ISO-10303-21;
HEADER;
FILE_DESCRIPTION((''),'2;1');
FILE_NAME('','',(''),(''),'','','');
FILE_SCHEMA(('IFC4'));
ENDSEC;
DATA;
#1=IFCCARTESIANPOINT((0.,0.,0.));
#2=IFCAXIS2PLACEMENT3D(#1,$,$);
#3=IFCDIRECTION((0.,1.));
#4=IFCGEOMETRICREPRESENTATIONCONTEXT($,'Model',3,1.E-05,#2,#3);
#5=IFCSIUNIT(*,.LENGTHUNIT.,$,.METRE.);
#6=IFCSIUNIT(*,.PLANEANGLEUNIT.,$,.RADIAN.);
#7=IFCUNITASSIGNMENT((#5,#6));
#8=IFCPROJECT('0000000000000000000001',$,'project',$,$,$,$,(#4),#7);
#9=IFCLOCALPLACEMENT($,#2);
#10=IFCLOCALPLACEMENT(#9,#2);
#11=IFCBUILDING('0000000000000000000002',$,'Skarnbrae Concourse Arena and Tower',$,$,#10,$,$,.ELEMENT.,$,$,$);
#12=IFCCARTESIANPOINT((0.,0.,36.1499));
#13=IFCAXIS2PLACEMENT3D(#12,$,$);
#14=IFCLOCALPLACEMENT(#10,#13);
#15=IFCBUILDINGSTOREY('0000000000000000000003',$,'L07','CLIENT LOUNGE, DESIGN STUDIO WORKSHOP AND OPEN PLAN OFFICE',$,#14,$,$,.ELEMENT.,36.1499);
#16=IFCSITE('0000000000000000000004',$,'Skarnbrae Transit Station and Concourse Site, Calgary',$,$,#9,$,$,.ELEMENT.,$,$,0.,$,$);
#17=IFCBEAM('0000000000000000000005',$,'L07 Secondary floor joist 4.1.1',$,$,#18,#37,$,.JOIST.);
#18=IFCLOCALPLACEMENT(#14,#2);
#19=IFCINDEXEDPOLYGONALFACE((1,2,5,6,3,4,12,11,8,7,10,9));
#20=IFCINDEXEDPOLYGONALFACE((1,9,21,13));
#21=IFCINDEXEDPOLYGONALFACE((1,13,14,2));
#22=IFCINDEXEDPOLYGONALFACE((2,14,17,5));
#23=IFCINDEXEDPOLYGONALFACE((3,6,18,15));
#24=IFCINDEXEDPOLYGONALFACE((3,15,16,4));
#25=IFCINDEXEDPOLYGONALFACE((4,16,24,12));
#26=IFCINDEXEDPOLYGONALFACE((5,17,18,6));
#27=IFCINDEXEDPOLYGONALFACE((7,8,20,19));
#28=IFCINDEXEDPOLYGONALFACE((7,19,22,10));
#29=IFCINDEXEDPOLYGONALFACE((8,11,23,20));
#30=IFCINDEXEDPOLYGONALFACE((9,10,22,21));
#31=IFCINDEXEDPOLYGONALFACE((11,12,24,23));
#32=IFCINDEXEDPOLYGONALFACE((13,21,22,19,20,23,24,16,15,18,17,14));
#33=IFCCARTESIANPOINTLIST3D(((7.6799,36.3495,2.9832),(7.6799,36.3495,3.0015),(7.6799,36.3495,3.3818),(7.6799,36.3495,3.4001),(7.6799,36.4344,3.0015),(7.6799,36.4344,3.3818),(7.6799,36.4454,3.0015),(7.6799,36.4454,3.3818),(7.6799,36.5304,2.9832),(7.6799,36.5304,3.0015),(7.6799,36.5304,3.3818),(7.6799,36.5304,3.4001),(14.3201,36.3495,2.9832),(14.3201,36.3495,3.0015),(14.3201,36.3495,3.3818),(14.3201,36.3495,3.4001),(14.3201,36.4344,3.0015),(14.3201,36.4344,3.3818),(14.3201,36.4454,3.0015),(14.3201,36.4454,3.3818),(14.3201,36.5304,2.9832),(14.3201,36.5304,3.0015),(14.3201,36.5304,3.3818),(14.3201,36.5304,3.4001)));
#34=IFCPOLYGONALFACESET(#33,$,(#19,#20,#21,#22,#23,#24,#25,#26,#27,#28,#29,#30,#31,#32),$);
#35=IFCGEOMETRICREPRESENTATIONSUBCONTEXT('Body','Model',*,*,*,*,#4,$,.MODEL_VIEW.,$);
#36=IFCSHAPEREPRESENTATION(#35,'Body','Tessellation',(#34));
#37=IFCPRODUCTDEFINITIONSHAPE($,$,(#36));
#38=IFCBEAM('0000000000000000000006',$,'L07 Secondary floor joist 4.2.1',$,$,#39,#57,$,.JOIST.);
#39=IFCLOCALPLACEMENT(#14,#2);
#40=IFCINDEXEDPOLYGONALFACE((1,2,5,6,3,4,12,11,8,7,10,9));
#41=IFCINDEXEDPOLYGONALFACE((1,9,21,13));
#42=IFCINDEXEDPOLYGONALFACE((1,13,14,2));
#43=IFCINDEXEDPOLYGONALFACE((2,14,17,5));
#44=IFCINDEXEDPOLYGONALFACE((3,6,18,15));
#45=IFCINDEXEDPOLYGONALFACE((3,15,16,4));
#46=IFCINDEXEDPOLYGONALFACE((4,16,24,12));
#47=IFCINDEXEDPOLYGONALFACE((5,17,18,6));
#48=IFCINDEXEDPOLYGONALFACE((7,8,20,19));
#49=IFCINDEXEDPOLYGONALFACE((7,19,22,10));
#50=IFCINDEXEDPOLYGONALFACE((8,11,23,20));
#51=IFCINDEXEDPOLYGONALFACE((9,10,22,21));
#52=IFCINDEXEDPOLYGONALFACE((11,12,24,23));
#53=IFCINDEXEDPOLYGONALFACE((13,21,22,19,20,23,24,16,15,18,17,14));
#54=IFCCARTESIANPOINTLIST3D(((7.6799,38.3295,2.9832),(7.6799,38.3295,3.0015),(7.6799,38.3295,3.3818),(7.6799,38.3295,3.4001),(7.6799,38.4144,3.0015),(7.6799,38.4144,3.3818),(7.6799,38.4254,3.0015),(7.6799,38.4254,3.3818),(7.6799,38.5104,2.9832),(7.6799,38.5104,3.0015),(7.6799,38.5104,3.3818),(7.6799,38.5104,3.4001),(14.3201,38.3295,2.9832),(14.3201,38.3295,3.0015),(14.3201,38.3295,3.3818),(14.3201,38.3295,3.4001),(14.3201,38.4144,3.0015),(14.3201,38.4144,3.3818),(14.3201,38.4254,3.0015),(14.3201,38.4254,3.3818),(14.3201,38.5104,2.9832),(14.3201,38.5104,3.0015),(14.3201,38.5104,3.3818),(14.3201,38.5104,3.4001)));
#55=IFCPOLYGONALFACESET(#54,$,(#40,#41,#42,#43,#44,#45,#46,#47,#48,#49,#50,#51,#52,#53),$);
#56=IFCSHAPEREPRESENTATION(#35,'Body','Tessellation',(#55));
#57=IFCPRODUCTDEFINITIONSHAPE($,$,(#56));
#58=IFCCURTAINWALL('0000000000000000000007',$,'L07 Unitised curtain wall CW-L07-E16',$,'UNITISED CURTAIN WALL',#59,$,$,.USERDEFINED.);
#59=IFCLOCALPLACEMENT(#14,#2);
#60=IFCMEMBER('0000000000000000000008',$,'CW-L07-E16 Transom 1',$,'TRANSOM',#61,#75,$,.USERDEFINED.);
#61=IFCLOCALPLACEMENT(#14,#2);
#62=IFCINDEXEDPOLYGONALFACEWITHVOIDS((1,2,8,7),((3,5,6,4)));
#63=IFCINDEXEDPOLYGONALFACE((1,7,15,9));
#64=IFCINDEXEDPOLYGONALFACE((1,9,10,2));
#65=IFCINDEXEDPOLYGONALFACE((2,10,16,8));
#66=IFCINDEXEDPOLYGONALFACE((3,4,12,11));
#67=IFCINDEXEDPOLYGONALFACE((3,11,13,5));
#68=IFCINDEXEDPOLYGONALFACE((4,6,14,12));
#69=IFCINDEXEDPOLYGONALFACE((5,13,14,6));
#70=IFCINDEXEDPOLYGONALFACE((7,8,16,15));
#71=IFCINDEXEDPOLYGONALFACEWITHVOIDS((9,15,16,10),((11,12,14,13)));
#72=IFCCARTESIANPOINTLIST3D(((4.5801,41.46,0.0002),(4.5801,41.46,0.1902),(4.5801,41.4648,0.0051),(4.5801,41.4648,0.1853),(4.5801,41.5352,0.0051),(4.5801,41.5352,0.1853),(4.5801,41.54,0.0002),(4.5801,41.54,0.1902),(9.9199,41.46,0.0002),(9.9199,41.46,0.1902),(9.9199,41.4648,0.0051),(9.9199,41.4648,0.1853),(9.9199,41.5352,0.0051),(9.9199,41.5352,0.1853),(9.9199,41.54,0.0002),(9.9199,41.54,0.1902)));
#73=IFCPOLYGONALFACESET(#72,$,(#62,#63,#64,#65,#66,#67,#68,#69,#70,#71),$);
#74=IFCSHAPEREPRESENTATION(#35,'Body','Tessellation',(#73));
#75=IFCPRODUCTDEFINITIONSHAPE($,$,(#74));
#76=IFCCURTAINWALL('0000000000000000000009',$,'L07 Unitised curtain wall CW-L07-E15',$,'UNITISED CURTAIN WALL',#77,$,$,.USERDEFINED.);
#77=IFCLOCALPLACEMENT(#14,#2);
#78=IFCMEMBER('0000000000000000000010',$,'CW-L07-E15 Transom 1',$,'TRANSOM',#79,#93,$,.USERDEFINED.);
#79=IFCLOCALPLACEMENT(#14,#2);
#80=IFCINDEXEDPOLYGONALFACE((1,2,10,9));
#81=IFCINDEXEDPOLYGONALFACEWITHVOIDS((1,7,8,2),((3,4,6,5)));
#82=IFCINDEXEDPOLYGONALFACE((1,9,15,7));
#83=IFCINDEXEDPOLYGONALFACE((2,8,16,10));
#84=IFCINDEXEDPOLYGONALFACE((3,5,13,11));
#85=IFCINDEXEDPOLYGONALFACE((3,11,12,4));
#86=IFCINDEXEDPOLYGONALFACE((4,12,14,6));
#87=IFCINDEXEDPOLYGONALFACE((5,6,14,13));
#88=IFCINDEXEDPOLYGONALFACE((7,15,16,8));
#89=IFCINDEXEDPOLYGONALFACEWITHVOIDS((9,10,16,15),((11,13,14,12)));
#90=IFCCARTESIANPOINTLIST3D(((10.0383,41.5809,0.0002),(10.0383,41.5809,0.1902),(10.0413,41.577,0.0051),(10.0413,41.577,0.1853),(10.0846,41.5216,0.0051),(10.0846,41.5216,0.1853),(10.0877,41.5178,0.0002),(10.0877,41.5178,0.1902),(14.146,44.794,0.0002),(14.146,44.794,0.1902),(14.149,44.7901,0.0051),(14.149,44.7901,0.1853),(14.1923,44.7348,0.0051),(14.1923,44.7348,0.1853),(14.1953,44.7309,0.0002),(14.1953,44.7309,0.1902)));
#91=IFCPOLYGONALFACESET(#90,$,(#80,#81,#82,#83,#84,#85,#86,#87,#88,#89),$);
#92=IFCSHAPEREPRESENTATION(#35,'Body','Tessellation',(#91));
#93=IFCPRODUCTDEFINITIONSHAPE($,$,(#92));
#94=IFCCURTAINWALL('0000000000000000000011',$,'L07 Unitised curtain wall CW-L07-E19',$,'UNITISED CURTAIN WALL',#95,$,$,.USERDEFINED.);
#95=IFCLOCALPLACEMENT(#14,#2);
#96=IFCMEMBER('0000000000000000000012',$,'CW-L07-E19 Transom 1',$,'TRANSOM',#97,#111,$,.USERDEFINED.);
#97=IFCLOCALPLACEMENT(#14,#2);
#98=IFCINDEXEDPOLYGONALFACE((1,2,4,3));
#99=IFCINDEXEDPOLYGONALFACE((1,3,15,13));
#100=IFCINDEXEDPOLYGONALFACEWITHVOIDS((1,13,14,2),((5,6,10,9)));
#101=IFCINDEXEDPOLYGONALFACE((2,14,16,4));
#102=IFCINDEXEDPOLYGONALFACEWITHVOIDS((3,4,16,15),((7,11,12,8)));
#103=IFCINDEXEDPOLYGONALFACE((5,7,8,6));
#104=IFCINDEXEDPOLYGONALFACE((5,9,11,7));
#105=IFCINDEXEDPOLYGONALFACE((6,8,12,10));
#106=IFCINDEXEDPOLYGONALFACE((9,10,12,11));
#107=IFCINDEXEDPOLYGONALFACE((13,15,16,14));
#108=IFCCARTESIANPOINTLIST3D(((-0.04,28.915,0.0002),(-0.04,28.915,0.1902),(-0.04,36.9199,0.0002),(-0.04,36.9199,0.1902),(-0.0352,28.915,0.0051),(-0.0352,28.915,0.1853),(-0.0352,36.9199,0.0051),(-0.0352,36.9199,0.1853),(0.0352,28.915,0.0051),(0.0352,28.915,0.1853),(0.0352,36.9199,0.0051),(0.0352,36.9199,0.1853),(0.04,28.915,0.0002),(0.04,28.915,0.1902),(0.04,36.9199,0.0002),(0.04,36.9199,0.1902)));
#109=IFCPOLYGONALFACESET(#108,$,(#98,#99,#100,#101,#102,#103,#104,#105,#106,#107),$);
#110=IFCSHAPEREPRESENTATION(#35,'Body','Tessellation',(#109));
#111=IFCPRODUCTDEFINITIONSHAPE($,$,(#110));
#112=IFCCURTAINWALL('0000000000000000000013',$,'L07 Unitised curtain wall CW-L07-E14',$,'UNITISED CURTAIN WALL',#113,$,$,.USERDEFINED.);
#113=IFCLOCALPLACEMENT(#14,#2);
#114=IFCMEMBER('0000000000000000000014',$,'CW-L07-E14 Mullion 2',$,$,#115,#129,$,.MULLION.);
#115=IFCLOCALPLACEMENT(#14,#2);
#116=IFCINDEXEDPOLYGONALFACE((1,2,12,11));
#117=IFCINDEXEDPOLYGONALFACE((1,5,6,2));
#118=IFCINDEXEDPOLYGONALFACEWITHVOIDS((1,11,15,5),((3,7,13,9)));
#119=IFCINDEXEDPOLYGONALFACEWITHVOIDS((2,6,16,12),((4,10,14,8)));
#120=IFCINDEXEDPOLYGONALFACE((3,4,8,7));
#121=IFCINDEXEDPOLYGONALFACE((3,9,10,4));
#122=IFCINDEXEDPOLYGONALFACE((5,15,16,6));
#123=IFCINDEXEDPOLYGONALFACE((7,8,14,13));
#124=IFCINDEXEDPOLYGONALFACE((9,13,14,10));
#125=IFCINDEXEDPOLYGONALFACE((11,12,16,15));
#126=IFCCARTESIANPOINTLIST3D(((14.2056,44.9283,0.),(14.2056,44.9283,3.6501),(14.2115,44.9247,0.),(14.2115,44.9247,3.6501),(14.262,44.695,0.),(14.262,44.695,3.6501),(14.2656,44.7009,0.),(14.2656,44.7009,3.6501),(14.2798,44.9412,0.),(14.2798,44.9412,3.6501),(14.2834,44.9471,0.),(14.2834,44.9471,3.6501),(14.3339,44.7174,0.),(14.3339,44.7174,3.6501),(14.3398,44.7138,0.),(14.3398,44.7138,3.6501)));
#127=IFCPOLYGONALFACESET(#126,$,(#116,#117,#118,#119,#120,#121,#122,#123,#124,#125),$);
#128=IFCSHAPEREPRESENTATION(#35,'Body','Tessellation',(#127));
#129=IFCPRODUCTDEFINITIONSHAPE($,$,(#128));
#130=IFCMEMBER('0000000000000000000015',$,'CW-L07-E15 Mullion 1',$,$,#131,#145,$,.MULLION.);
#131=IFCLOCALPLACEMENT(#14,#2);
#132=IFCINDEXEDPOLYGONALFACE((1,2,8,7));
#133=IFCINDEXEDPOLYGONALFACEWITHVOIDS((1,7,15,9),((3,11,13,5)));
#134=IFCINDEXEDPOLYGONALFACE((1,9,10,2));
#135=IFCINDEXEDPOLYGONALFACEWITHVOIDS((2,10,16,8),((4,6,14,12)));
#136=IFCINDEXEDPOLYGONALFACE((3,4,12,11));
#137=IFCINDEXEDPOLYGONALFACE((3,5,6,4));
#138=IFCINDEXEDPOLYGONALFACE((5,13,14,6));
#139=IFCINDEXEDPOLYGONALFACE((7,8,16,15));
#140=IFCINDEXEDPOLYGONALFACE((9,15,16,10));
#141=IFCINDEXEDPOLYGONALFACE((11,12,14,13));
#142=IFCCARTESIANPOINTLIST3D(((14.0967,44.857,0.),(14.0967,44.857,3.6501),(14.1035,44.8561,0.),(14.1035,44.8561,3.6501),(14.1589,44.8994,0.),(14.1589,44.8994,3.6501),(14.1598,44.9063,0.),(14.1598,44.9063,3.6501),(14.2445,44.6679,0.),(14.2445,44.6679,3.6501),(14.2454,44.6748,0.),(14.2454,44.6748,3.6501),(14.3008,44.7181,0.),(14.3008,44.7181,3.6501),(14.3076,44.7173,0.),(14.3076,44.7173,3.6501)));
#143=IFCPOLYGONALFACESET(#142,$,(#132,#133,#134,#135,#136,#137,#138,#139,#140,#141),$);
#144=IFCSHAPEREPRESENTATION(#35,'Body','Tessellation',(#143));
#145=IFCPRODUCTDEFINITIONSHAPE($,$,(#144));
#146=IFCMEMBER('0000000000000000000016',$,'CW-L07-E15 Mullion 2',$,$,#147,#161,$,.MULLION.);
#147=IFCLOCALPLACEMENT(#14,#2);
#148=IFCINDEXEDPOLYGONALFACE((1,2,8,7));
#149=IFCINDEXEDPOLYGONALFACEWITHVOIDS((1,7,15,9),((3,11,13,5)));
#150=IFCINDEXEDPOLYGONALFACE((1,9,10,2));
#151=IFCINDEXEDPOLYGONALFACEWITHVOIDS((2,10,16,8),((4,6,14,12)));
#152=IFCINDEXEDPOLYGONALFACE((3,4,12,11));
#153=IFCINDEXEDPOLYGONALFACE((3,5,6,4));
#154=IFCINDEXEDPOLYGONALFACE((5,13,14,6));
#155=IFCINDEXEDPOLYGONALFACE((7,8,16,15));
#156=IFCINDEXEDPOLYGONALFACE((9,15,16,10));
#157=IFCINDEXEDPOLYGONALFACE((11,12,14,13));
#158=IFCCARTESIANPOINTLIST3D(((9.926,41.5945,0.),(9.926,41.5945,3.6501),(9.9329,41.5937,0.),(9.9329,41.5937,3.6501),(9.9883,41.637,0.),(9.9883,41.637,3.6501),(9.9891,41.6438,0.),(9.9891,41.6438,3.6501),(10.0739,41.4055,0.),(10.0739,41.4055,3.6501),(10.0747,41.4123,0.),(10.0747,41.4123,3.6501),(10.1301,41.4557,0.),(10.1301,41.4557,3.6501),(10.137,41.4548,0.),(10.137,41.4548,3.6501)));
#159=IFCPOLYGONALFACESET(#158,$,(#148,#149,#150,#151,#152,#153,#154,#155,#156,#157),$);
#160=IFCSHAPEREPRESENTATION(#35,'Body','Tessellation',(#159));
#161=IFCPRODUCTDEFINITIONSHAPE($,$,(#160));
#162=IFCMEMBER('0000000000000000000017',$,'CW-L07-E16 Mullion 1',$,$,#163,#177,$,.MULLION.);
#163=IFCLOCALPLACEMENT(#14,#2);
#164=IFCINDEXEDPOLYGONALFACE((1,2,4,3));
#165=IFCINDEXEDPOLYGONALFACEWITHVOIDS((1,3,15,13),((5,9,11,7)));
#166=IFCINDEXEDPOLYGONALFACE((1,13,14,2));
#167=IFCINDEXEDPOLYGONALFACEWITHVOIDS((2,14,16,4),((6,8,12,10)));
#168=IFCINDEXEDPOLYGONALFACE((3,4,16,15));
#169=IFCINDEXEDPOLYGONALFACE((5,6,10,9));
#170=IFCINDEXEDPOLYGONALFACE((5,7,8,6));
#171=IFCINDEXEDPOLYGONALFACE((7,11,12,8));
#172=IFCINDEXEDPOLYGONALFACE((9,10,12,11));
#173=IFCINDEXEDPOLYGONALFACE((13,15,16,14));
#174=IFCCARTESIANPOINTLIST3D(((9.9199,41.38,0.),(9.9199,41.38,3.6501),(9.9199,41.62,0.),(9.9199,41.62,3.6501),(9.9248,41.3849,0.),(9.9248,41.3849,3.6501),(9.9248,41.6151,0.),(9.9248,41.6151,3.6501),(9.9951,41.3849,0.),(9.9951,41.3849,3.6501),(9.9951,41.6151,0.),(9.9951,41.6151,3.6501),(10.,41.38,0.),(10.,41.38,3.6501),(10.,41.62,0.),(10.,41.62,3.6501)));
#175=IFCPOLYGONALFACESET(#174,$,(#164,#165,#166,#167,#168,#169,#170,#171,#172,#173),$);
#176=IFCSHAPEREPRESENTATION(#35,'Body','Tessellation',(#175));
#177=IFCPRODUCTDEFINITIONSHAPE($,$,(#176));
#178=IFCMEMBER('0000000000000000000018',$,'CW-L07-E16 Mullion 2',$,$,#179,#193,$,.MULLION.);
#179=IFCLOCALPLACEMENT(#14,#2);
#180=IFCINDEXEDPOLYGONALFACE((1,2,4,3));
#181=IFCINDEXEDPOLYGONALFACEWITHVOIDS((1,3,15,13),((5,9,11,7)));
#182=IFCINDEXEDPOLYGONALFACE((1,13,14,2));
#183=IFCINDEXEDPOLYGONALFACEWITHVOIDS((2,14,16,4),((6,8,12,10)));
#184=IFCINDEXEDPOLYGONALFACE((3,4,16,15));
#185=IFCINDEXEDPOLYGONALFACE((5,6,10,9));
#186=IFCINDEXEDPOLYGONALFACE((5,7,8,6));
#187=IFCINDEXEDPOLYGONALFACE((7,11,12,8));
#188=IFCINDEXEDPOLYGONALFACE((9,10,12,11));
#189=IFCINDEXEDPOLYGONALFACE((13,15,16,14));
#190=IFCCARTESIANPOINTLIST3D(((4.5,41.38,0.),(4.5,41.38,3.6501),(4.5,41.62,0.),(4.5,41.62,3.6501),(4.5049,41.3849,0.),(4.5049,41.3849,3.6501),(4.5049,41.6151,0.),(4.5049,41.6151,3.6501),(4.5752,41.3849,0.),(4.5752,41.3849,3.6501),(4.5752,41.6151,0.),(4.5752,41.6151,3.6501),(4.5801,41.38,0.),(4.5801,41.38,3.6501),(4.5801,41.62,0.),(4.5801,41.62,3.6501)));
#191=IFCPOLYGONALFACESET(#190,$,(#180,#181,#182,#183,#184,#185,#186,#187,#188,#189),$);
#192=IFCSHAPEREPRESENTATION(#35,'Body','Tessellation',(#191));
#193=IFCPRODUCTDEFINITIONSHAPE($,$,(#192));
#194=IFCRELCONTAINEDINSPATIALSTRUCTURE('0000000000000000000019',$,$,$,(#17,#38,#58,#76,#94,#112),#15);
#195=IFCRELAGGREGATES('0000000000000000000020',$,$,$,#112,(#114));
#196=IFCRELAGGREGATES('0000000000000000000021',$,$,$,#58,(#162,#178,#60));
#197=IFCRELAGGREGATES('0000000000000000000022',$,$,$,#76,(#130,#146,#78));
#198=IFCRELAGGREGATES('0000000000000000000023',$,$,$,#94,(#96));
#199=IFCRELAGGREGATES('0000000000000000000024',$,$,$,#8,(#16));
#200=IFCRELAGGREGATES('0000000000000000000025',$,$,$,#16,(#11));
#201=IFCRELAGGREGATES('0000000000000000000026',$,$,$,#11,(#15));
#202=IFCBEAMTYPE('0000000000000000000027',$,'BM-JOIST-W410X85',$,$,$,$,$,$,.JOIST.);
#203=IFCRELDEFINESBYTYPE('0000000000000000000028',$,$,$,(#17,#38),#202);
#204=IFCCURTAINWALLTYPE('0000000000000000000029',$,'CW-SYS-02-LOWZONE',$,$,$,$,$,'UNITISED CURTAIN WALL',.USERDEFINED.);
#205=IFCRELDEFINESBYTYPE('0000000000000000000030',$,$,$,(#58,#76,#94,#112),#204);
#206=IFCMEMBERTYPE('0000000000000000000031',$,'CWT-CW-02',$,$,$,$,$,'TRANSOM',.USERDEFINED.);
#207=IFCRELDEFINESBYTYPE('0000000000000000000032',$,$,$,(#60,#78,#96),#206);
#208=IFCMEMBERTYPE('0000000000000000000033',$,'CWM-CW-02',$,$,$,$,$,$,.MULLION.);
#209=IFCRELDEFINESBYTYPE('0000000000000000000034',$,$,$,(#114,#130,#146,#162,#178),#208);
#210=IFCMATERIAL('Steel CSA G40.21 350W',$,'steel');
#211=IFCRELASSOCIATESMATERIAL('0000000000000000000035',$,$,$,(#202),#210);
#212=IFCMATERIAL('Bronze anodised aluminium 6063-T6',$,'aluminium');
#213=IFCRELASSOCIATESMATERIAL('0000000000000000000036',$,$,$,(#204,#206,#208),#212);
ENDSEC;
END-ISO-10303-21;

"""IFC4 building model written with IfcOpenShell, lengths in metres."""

from ifc_helpers import new_model, si_unit, direction, frame, origin, origin_2d, place, context, subcontext, project, spatial, hollow_rectangle, i_section, extrude, source, transform, mapped, material, material_profile, profile_set, type_object, element, aggregate, save


model = new_model("IFC4")

# Units and contexts
model_context = context("Model", 3, precision=1e-05, world=origin(), true_north=direction((0.0, 1.0)))
body_context = subcontext(model_context, "Body", "Model", "MODEL_VIEW")
ifc_project = project(units=[si_unit("LENGTHUNIT", "METRE"), si_unit("PLANEANGLEUNIT", "RADIAN")], contexts=[model_context])

# Site, building, storey
site_placement = place(None, origin())
site = spatial("IfcSite", under=ifc_project, at=site_placement, Name="Skarnbrae Transit Station and Concourse Site, Calgary", CompositionType="ELEMENT", RefElevation=0.0)
building_placement = place(site_placement, origin())
building = spatial("IfcBuilding", under=site, at=building_placement, Name="Skarnbrae Concourse Arena and Tower", CompositionType="ELEMENT")
storey_placement = place(building_placement, frame((0.0, 0.0, 36.1499)))
storey = spatial("IfcBuildingStorey", under=building, at=storey_placement, Name="L07", Description="CLIENT LOUNGE, DESIGN STUDIO WORKSHOP AND OPEN PLAN OFFICE", CompositionType="ELEMENT", Elevation=36.1499)

# Shared definitions
ifc_material_1 = material(Name="Steel CSA G40.21 350W", Category="steel")

# Beams
ifc_material_profile_1 = material_profile(ifc_material_1, i_section(OverallWidth=0.1809, OverallDepth=0.417, WebThickness=0.011, FlangeThickness=0.0183, at=origin_2d()), Name="W410X85")
ifc_profile_set_1 = profile_set([ifc_material_profile_1], Name="Steel CSA G40.21 350W")
beam_type_1 = type_object("IfcBeamType", Name="BM-JOIST-W410X85", PredefinedType="JOIST", material=ifc_profile_set_1)
shared_shape_1 = source(origin(), body_context, "Body", "SweptSolid", [
    extrude(i_section(OverallWidth=0.1809, OverallDepth=0.417, WebThickness=0.011, FlangeThickness=0.0183, at=origin_2d()), origin(), (0.0, 0.0, 1.0), 6.6401),
])
for number, where, z_axis, x_axis, name in (
    (1, (7.6799, 36.4399, 3.1917), (1.0, 0.0, 0.0), (0.0, 1.0, 0.0), "L07 Secondary floor joist 4.1.1"),
    (2, (7.6799, 38.4199, 3.1917), (1.0, 0.0, 0.0), (0.0, 1.0, 0.0), "L07 Secondary floor joist 4.2.1"),
):
    element("IfcBeam", number, at=place(storey_placement, frame(where, z_axis=z_axis, x_axis=x_axis)), inside=storey, type_object=beam_type_1, Name=name, PredefinedType="JOIST", context=body_context, shape_type="MappedRepresentation", body=[
        mapped(shared_shape_1, transform((0.0, 0.0, 0.0))),
    ])

# Curtain walls, members
ifc_material_2 = material(Name="Bronze anodised aluminium 6063-T6", Category="aluminium")
curtain_wall_type = type_object("IfcCurtainWallType", Name="CW-SYS-02-LOWZONE", ElementType="UNITISED CURTAIN WALL", PredefinedType="USERDEFINED", material=ifc_material_2)
curtain_wall_1_placement = place(storey_placement, origin())
curtain_wall_1 = element("IfcCurtainWall", 3, at=curtain_wall_1_placement, inside=storey, type_object=curtain_wall_type, Name="L07 Unitised curtain wall CW-L07-E16", ObjectType="UNITISED CURTAIN WALL", PredefinedType="USERDEFINED")
ifc_material_profile_2 = material_profile(ifc_material_2, hollow_rectangle(XDim=0.0801, YDim=0.1899, WallThickness=0.0049, at=origin_2d()), Name="ALU-TRAN-80X190")
ifc_profile_set_2 = profile_set([ifc_material_profile_2], Name="Bronze anodised aluminium 6063-T6")
member_type_1 = type_object("IfcMemberType", Name="CWT-CW-02", ElementType="TRANSOM", PredefinedType="USERDEFINED", material=ifc_profile_set_2)
shared_shape_2 = source(origin(), body_context, "Body", "SweptSolid", [
    extrude(hollow_rectangle(XDim=0.0801, YDim=0.1899, WallThickness=0.0049, at=origin_2d()), origin(), (0.0, 0.0, 1.0), 5.3398),
])
member_1_placement = place(storey_placement, frame((9.9199, 41.5, 0.0952), z_axis=(-1.0, 0.0, 0.0), x_axis=(0.0, -1.0, 0.0)))
member_1 = element("IfcMember", 4, at=member_1_placement, type_object=member_type_1, Name="CW-L07-E16 Transom 1", ObjectType="TRANSOM", PredefinedType="USERDEFINED", context=body_context, shape_type="MappedRepresentation", body=[
    mapped(shared_shape_2, transform((0.0, 0.0, 0.0))),
])
curtain_wall_2_placement = place(storey_placement, origin())
curtain_wall_2 = element("IfcCurtainWall", 5, at=curtain_wall_2_placement, inside=storey, type_object=curtain_wall_type, Name="L07 Unitised curtain wall CW-L07-E15", ObjectType="UNITISED CURTAIN WALL", PredefinedType="USERDEFINED")
shared_shape_3 = source(origin(), body_context, "Body", "SweptSolid", [
    extrude(hollow_rectangle(XDim=0.0801, YDim=0.1899, WallThickness=0.0049, at=origin_2d()), origin(), (0.0, 0.0, 1.0), 5.2151),
])
member_2_placement = place(storey_placement, frame((14.1707, 44.7625, 0.0952), z_axis=(-0.78765, -0.616123, 0.0), x_axis=(0.616123, -0.78765, 0.0)))
member_2 = element("IfcMember", 6, at=member_2_placement, type_object=member_type_1, Name="CW-L07-E15 Transom 1", ObjectType="TRANSOM", PredefinedType="USERDEFINED", context=body_context, shape_type="MappedRepresentation", body=[
    mapped(shared_shape_3, transform((0.0, 0.0, 0.0))),
])
curtain_wall_3_placement = place(storey_placement, origin())
curtain_wall_3 = element("IfcCurtainWall", 7, at=curtain_wall_3_placement, inside=storey, type_object=curtain_wall_type, Name="L07 Unitised curtain wall CW-L07-E19", ObjectType="UNITISED CURTAIN WALL", PredefinedType="USERDEFINED")
shared_shape_4 = source(origin(), body_context, "Body", "SweptSolid", [
    extrude(hollow_rectangle(XDim=0.0801, YDim=0.1899, WallThickness=0.0049, at=origin_2d()), origin(), (0.0, 0.0, 1.0), 8.0049),
])
member_3_placement = place(storey_placement, frame((0.0, 36.9199, 0.0952), z_axis=(0.0, -1.0, 0.0), x_axis=(1.0, 0.0, 0.0)))
member_3 = element("IfcMember", 8, at=member_3_placement, type_object=member_type_1, Name="CW-L07-E19 Transom 1", ObjectType="TRANSOM", PredefinedType="USERDEFINED", context=body_context, shape_type="MappedRepresentation", body=[
    mapped(shared_shape_4, transform((0.0, 0.0, 0.0))),
])
curtain_wall_4_placement = place(storey_placement, origin())
curtain_wall_4 = element("IfcCurtainWall", 9, at=curtain_wall_4_placement, inside=storey, type_object=curtain_wall_type, Name="L07 Unitised curtain wall CW-L07-E14", ObjectType="UNITISED CURTAIN WALL", PredefinedType="USERDEFINED")
ifc_material_profile_3 = material_profile(ifc_material_2, hollow_rectangle(XDim=0.0801, YDim=0.24, WallThickness=0.0049, at=origin_2d()), Name="ALU-MULL-80X240")
ifc_profile_set_3 = profile_set([ifc_material_profile_3], Name="Bronze anodised aluminium 6063-T6")
member_type_2 = type_object("IfcMemberType", Name="CWM-CW-02", PredefinedType="MULLION", material=ifc_profile_set_3)
shared_shape_5 = source(origin(), body_context, "Body", "SweptSolid", [
    extrude(hollow_rectangle(XDim=0.0801, YDim=0.24, WallThickness=0.0049, at=origin_2d()), origin(), (0.0, 0.0, 1.0), 3.6501),
])
member_4_placement = place(storey_placement, frame((14.2727, 44.821, 0.0), z_axis=(0.0, 0.0, 1.0), x_axis=(-0.971974, -0.23509, 0.0)))
member_4 = element("IfcMember", 10, at=member_4_placement, type_object=member_type_2, Name="CW-L07-E14 Mullion 2", PredefinedType="MULLION", context=body_context, shape_type="MappedRepresentation", body=[
    mapped(shared_shape_5, transform((0.0, 0.0, 0.0))),
])
aggregate(curtain_wall_4, [member_4])

# Members
member_5_placement = place(storey_placement, frame((14.2021, 44.7871, 0.0), z_axis=(0.0, 0.0, 1.0), x_axis=(-0.787652, -0.616121, 0.0)))
member_5 = element("IfcMember", 11, at=member_5_placement, type_object=member_type_2, Name="CW-L07-E15 Mullion 1", PredefinedType="MULLION", context=body_context, shape_type="MappedRepresentation", body=[
    mapped(shared_shape_5, transform((0.0, 0.0, 0.0))),
])
member_6_placement = place(storey_placement, frame((10.0315, 41.5247, 0.0), z_axis=(0.0, 0.0, 1.0), x_axis=(-0.787652, -0.616121, 0.0)))
member_6 = element("IfcMember", 12, at=member_6_placement, type_object=member_type_2, Name="CW-L07-E15 Mullion 2", PredefinedType="MULLION", context=body_context, shape_type="MappedRepresentation", body=[
    mapped(shared_shape_5, transform((0.0, 0.0, 0.0))),
])
member_7_placement = place(storey_placement, frame((9.96, 41.5, 0.0), z_axis=(0.0, 0.0, 1.0), x_axis=(-1.0, 0.0, 0.0)))
member_7 = element("IfcMember", 13, at=member_7_placement, type_object=member_type_2, Name="CW-L07-E16 Mullion 1", PredefinedType="MULLION", context=body_context, shape_type="MappedRepresentation", body=[
    mapped(shared_shape_5, transform((0.0, 0.0, 0.0))),
])
member_8_placement = place(storey_placement, frame((4.54, 41.5, 0.0), z_axis=(0.0, 0.0, 1.0), x_axis=(-1.0, 0.0, 0.0)))
member_8 = element("IfcMember", 14, at=member_8_placement, type_object=member_type_2, Name="CW-L07-E16 Mullion 2", PredefinedType="MULLION", context=body_context, shape_type="MappedRepresentation", body=[
    mapped(shared_shape_5, transform((0.0, 0.0, 0.0))),
])

aggregate(curtain_wall_1, [member_7, member_8, member_1])
aggregate(curtain_wall_2, [member_5, member_6, member_2])
aggregate(curtain_wall_3, [member_3])

save(model, "model.ifc")
